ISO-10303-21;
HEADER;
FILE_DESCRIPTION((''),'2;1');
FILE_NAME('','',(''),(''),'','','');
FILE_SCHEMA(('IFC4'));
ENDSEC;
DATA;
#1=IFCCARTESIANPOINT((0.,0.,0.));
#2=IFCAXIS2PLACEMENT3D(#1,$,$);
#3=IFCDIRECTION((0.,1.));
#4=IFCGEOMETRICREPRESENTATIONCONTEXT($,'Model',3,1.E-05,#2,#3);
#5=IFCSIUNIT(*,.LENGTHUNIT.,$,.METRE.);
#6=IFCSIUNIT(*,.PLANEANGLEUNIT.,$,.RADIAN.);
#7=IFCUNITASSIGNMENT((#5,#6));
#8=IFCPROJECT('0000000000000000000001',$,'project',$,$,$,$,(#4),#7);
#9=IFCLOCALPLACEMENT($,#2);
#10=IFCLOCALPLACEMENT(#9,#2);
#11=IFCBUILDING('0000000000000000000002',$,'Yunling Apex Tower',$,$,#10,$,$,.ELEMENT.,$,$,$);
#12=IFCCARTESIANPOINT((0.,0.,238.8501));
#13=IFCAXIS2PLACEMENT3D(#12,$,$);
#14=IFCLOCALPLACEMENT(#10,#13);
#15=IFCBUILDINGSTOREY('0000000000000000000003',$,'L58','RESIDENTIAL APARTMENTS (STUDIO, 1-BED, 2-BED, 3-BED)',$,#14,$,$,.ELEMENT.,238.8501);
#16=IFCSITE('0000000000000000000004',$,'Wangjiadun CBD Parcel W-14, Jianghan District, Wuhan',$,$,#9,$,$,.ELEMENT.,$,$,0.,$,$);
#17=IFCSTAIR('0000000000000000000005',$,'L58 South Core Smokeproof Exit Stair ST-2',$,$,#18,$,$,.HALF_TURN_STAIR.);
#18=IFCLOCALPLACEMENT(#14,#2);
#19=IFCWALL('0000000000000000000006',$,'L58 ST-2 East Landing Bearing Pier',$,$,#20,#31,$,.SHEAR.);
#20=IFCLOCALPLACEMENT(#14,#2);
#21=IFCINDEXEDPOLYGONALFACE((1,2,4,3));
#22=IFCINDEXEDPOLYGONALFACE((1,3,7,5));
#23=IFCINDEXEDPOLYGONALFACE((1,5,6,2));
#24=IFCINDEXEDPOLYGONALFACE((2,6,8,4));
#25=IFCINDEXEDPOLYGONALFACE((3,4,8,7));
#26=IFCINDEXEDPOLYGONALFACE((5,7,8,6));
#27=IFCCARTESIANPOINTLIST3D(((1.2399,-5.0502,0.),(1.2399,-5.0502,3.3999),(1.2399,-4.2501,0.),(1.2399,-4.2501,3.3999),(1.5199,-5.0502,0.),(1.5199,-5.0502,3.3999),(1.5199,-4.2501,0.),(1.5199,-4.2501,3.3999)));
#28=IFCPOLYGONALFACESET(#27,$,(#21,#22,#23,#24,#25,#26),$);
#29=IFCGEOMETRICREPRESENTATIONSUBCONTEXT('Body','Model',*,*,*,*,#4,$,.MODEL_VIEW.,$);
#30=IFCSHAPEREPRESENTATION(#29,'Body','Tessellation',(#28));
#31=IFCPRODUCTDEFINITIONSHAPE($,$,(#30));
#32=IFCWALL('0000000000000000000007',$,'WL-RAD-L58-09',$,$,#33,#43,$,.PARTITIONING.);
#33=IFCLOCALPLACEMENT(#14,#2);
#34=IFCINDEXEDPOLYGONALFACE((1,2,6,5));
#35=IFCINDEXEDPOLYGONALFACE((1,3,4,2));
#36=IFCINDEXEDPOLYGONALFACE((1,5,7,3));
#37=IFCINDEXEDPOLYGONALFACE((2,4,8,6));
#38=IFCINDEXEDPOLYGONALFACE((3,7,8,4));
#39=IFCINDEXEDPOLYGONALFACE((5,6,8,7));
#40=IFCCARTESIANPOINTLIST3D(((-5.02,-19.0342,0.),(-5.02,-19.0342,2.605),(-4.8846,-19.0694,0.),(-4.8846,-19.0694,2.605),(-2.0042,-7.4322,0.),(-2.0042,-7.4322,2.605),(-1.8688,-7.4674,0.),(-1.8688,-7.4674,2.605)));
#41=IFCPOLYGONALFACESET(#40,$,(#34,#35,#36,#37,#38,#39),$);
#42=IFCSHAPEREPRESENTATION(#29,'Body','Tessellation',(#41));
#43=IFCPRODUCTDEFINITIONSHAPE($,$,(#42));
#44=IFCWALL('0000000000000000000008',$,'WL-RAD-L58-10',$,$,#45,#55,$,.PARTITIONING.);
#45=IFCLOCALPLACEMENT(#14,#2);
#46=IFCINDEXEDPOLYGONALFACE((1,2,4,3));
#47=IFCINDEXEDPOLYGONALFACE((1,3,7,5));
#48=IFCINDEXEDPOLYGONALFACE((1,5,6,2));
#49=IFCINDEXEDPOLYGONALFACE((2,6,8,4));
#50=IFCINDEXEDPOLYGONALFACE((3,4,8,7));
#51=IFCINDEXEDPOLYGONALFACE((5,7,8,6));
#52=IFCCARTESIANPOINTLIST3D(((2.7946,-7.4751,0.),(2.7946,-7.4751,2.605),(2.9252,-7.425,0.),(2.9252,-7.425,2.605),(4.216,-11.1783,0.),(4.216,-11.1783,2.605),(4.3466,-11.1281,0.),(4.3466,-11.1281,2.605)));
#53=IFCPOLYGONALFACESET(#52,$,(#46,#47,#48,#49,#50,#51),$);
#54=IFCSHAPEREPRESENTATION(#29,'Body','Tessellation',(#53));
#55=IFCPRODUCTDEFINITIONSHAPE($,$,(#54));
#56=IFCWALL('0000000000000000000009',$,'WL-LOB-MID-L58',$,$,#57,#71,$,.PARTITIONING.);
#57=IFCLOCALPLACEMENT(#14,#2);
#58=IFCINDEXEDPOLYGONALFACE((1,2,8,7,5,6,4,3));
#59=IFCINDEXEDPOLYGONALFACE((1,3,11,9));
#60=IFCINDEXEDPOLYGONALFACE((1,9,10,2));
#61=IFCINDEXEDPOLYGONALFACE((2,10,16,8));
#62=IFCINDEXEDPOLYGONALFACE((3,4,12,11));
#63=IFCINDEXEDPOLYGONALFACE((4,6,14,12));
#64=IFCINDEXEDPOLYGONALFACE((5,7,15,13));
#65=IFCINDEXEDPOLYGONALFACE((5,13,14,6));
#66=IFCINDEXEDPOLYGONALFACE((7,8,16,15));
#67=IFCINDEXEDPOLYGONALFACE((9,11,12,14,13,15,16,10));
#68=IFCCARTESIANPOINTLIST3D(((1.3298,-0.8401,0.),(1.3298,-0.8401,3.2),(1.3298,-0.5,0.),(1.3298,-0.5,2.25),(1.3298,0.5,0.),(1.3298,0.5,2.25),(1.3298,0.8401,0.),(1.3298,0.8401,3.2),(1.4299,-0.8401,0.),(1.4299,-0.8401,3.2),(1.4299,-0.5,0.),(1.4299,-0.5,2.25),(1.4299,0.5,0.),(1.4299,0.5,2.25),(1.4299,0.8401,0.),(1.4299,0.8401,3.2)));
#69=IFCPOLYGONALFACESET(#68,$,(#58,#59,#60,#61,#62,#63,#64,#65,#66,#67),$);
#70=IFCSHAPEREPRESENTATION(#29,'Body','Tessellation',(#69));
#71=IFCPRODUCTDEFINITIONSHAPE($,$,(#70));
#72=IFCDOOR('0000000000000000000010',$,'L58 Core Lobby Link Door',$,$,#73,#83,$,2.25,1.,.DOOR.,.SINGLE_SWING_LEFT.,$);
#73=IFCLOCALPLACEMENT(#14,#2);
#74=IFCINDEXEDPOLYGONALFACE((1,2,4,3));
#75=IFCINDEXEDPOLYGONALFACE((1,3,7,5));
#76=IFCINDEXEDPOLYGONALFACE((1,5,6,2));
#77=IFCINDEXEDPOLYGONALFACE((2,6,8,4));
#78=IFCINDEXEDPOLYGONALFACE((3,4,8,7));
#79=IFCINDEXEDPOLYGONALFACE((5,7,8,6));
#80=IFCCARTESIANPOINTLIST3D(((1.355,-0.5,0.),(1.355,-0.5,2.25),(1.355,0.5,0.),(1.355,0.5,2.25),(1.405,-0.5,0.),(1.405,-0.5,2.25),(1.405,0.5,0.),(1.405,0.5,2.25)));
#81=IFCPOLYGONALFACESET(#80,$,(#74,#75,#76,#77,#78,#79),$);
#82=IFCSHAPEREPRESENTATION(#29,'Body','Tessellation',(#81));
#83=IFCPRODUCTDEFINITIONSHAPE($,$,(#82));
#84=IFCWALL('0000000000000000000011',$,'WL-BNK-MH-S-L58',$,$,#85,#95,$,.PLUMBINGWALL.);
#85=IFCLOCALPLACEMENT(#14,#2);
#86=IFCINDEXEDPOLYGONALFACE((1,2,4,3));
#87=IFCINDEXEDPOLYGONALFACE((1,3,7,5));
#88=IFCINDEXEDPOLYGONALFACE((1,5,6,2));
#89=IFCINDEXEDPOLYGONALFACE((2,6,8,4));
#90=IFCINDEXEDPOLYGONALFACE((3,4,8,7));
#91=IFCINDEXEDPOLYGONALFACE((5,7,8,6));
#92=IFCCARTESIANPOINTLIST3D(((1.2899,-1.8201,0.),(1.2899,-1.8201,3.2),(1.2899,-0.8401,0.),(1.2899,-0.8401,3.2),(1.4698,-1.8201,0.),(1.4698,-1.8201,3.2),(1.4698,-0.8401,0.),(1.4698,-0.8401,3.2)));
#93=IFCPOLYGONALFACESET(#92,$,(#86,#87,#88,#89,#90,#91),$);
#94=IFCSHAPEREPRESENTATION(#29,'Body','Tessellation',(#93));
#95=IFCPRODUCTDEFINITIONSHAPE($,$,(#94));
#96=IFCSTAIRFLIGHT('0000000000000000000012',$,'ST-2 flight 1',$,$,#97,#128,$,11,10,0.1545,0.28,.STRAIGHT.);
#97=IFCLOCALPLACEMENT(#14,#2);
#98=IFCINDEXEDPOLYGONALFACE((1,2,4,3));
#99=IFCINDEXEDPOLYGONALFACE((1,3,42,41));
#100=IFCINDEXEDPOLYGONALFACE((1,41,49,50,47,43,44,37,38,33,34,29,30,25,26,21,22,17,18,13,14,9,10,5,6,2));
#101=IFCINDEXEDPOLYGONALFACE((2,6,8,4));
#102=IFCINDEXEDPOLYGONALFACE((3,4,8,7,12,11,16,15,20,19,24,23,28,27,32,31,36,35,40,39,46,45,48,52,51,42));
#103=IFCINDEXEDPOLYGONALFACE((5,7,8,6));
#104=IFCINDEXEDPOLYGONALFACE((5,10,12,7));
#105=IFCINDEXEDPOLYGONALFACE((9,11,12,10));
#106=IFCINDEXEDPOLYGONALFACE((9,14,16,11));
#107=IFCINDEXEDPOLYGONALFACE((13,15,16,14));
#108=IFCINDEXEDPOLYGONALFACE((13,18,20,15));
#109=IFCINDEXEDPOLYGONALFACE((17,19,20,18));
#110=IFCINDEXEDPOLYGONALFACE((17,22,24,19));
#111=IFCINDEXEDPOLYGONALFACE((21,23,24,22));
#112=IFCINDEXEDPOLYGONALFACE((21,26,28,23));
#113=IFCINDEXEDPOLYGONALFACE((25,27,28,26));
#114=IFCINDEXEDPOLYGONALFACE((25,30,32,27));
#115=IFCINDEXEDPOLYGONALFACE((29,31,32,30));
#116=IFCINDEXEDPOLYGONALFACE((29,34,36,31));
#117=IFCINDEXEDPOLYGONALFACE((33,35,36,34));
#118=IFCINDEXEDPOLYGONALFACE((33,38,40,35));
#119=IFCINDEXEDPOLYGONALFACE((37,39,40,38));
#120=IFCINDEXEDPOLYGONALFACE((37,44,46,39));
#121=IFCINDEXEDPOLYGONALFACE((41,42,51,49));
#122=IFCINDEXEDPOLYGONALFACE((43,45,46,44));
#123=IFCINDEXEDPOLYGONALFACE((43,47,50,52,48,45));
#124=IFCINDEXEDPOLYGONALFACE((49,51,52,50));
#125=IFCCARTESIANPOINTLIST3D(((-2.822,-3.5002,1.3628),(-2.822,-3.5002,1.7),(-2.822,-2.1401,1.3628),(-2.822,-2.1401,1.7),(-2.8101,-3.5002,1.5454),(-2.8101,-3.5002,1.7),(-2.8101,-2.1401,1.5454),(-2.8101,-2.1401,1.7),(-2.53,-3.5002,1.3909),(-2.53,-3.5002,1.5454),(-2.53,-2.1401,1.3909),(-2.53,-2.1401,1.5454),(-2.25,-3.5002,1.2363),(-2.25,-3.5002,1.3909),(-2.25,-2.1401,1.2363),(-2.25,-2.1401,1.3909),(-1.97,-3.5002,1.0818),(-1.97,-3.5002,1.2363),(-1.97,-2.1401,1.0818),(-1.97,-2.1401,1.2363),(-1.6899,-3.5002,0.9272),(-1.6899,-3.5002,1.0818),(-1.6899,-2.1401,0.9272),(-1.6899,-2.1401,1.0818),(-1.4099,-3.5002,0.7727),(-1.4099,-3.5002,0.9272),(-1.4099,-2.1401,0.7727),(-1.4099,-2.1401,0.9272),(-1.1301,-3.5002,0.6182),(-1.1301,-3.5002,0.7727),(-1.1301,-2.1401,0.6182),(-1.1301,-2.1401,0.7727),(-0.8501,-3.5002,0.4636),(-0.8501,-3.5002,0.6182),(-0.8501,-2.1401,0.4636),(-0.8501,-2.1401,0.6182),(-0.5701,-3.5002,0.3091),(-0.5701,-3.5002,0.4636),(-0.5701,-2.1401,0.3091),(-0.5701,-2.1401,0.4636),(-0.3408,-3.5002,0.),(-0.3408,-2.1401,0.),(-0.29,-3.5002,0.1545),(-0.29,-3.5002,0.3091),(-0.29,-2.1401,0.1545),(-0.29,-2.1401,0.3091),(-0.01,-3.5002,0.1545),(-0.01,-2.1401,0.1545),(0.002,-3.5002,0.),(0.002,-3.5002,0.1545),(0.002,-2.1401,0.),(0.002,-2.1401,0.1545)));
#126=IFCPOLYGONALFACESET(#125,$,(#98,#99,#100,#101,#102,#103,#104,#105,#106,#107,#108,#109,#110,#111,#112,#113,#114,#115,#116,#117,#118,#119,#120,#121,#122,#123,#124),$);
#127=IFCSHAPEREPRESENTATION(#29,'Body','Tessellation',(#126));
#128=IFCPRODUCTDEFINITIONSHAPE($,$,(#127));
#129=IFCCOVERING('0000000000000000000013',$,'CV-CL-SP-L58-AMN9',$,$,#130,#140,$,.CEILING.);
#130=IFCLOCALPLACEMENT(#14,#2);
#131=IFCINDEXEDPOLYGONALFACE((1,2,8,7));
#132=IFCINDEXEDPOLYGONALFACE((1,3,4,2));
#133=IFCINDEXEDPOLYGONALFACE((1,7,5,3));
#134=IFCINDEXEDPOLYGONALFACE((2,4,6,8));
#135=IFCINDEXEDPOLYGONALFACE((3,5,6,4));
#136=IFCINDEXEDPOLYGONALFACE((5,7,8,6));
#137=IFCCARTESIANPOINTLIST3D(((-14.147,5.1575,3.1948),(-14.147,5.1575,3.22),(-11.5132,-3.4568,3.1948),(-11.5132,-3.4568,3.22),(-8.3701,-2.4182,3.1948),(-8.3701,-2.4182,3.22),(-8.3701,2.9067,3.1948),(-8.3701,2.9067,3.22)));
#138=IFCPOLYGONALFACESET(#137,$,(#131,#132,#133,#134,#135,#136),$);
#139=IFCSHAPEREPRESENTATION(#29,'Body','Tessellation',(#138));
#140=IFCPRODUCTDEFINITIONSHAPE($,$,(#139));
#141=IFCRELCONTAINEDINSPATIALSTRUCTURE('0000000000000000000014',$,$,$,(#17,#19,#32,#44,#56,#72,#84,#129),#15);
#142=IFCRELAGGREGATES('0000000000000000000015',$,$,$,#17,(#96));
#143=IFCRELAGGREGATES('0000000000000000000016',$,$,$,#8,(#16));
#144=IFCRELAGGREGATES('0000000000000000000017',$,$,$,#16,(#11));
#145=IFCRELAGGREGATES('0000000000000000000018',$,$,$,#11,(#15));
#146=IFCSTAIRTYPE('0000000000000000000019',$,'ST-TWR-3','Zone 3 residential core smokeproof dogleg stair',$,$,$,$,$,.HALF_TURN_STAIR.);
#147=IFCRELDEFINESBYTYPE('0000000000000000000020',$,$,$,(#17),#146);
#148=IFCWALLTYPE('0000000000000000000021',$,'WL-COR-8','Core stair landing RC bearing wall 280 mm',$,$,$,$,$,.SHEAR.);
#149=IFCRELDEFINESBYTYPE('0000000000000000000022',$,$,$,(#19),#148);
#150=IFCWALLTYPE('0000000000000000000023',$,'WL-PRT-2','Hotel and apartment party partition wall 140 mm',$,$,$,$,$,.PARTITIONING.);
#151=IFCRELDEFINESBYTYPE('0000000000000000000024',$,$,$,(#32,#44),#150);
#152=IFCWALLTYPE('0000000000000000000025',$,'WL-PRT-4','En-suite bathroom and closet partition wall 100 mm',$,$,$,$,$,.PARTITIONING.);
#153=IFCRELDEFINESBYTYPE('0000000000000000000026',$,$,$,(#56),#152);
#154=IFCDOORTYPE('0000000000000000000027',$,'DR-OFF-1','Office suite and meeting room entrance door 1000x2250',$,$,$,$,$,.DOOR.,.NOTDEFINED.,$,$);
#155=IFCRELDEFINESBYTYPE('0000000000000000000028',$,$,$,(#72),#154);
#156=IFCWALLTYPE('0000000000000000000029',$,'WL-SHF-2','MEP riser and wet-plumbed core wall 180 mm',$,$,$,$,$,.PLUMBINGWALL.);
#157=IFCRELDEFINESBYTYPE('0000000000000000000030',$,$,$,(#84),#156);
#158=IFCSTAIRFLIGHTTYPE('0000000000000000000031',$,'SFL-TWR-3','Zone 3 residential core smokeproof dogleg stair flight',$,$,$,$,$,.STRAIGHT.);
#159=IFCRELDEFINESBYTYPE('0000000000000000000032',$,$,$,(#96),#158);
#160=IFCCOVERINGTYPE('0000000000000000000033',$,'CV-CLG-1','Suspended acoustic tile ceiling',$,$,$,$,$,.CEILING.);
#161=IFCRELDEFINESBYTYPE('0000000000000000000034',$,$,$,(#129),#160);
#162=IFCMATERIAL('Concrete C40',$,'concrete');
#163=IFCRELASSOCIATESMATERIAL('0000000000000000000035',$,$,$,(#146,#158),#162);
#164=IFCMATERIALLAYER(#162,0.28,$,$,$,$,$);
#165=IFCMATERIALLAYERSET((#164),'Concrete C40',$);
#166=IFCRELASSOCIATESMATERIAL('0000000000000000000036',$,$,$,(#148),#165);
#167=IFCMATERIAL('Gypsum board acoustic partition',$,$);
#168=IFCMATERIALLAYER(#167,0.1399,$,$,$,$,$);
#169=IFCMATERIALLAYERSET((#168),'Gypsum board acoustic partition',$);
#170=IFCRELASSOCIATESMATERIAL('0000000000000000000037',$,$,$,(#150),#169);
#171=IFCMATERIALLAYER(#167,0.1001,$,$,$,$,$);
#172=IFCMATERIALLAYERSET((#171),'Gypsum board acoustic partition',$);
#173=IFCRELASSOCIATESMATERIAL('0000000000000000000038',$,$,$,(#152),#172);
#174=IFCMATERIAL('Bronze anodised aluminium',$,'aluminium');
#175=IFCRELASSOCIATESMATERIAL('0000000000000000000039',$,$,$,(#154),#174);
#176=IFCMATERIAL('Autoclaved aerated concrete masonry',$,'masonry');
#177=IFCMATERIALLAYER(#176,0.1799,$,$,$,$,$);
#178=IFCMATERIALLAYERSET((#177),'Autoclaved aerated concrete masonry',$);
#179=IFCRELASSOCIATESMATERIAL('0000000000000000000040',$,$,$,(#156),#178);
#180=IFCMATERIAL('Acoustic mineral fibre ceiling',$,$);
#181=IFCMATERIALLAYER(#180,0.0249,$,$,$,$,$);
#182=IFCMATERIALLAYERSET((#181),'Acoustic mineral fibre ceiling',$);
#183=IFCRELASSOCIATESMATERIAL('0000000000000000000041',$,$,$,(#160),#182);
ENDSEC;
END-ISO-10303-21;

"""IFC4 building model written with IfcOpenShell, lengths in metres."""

from ifc_helpers import new_model, si_unit, direction, frame, frame_2d, origin, place, context, subcontext, project, spatial, polyline, rectangle, outline, extrude, material, layer, layer_set, type_object, element, fill, aggregate, save


model = new_model("IFC4")

# Units and contexts
model_context = context("Model", 3, precision=1e-05, world=origin(), true_north=direction((0.0, 1.0)))
body_context = subcontext(model_context, "Body", "Model", "MODEL_VIEW")
ifc_project = project(units=[si_unit("LENGTHUNIT", "METRE"), si_unit("PLANEANGLEUNIT", "RADIAN")], contexts=[model_context])

# Site, building, storey
site_placement = place(None, origin())
site = spatial("IfcSite", under=ifc_project, at=site_placement, Name="Wangjiadun CBD Parcel W-14, Jianghan District, Wuhan", CompositionType="ELEMENT", RefElevation=0.0)
building_placement = place(site_placement, origin())
building = spatial("IfcBuilding", under=site, at=building_placement, Name="Yunling Apex Tower", CompositionType="ELEMENT")
storey_placement = place(building_placement, frame((0.0, 0.0, 238.8501)))
storey = spatial("IfcBuildingStorey", under=building, at=storey_placement, Name="L58", Description="RESIDENTIAL APARTMENTS (STUDIO, 1-BED, 2-BED, 3-BED)", CompositionType="ELEMENT", Elevation=238.8501)

# Shared definitions
ifc_material_1 = material(Name="Bronze anodised aluminium", Category="aluminium")

# Shared definitions
ifc_material_2 = material(Name="Concrete C40", Category="concrete")

# Stair
stair_type = type_object("IfcStairType", Name="ST-TWR-3", Description="Zone 3 residential core smokeproof dogleg stair", PredefinedType="HALF_TURN_STAIR", material=ifc_material_2)
stair_1_placement = place(storey_placement, origin())
stair_1 = element("IfcStair", 1, at=stair_1_placement, inside=storey, type_object=stair_type, Name="L58 South Core Smokeproof Exit Stair ST-2", PredefinedType="HALF_TURN_STAIR")

# Walls
ifc_layer_1 = layer(ifc_material_2, 0.28)
ifc_layer_set_1 = layer_set([ifc_layer_1], Name="Concrete C40")
wall_type_1 = type_object("IfcWallType", Name="WL-COR-8", Description="Core stair landing RC bearing wall 280 mm", PredefinedType="SHEAR", material=ifc_layer_set_1)
wall_1_placement = place(storey_placement, frame((1.3799, -5.05, 0.0), z_axis=(0.0, 0.0, 1.0), x_axis=(0.0, 1.0, 0.0)))
element("IfcWall", 2, at=wall_1_placement, inside=storey, type_object=wall_type_1, Name="L58 ST-2 East Landing Bearing Pier", PredefinedType="SHEAR", context=body_context, shape_type="SweptSolid", body=[
    extrude(rectangle(XDim=0.8, YDim=0.28, at=frame_2d((0.3999, 0.0))), origin(), (0.0, 0.0, 1.0), 3.3999),
])
ifc_material_3 = material(Name="Gypsum board acoustic partition")
ifc_layer_2 = layer(ifc_material_3, 0.1399)
ifc_layer_set_2 = layer_set([ifc_layer_2], Name="Gypsum board acoustic partition")
wall_type_2 = type_object("IfcWallType", Name="WL-PRT-2", Description="Hotel and apartment party partition wall 140 mm", PredefinedType="PARTITIONING", material=ifc_layer_set_2)
wall_2_placement = place(storey_placement, frame((-1.9365, -7.45, 0.0), z_axis=(0.0, 0.0, 1.0), x_axis=(-0.251582, -0.967836, 0.0)))
element("IfcWall", 3, at=wall_2_placement, inside=storey, type_object=wall_type_2, Name="WL-RAD-L58-09", PredefinedType="PARTITIONING", context=body_context, shape_type="SweptSolid", body=[
    extrude(rectangle(XDim=11.9875, YDim=0.1399, at=frame_2d((5.9937, 0.0))), origin(), (0.0, 0.0, 1.0), 2.605),
])
wall_3_placement = place(storey_placement, frame((2.8599, -7.45, 0.0), z_axis=(0.0, 0.0, 1.0), x_axis=(0.358344, -0.93359, 0.0)))
element("IfcWall", 4, at=wall_3_placement, inside=storey, type_object=wall_type_2, Name="WL-RAD-L58-10", PredefinedType="PARTITIONING", context=body_context, shape_type="SweptSolid", body=[
    extrude(rectangle(XDim=3.9666, YDim=0.1399, at=frame_2d((1.9834, 0.0))), origin(), (0.0, 0.0, 1.0), 2.605),
])

# Wall, opening, door
ifc_layer_3 = layer(ifc_material_3, 0.1001)
ifc_layer_set_3 = layer_set([ifc_layer_3], Name="Gypsum board acoustic partition")
wall_type_3 = type_object("IfcWallType", Name="WL-PRT-4", Description="En-suite bathroom and closet partition wall 100 mm", PredefinedType="PARTITIONING", material=ifc_layer_set_3)
wall_4_placement = place(storey_placement, frame((1.3799, -0.8401, 0.0), z_axis=(0.0, 0.0, 1.0), x_axis=(0.0, 1.0, 0.0)))
wall_4 = element("IfcWall", 5, at=wall_4_placement, inside=storey, type_object=wall_type_3, Name="WL-LOB-MID-L58", PredefinedType="PARTITIONING", context=body_context, shape_type="SweptSolid", body=[
    extrude(rectangle(XDim=1.6802, YDim=0.1001, at=frame_2d((0.8401, 0.0))), origin(), (0.0, 0.0, 1.0), 3.2),
])
opening_1_placement = place(wall_4_placement, frame((0.3401, 0.0, 0.0)))
opening_1 = element("IfcOpeningElement", 6, at=opening_1_placement, cuts=wall_4, PredefinedType="OPENING", context=body_context, shape_type="SweptSolid", body=[
    extrude(rectangle(XDim=1.0, YDim=2.25, at=frame_2d((0.5, 1.125))), frame((0.0, 0.0601, 0.0), z_axis=(0.0, -1.0, 0.0), x_axis=(1.0, 0.0, 0.0)), (0.0, 0.0, 1.0), 0.1201),
])
door_type_1 = type_object("IfcDoorType", Name="DR-OFF-1", Description="Office suite and meeting room entrance door 1000x2250", OperationType="NOTDEFINED", PredefinedType="DOOR", material=ifc_material_1)
door_1_placement = place(opening_1_placement, origin())
door_1 = element("IfcDoor", 7, at=door_1_placement, inside=storey, type_object=door_type_1, Name="L58 Core Lobby Link Door", OperationType="SINGLE_SWING_LEFT", OverallHeight=2.25, OverallWidth=1.0, PredefinedType="DOOR", context=body_context, shape_type="SweptSolid", body=[
    extrude(rectangle(XDim=1.0, YDim=2.25, at=frame_2d((0.5, 1.125))), frame((0.0, 0.0249, 0.0), z_axis=(0.0, -1.0, 0.0), x_axis=(1.0, 0.0, 0.0)), (0.0, 0.0, 1.0), 0.05),
])
fill(opening_1, door_1)
ifc_material_4 = material(Name="Autoclaved aerated concrete masonry", Category="masonry")

# Wall
ifc_layer_4 = layer(ifc_material_4, 0.1799)
ifc_layer_set_4 = layer_set([ifc_layer_4], Name="Autoclaved aerated concrete masonry")
wall_type_4 = type_object("IfcWallType", Name="WL-SHF-2", Description="MEP riser and wet-plumbed core wall 180 mm", PredefinedType="PLUMBINGWALL", material=ifc_layer_set_4)
wall_5_placement = place(storey_placement, frame((1.3799, -1.8201, 0.0), z_axis=(0.0, 0.0, 1.0), x_axis=(0.0, 1.0, 0.0)))
element("IfcWall", 8, at=wall_5_placement, inside=storey, type_object=wall_type_4, Name="WL-BNK-MH-S-L58", PredefinedType="PLUMBINGWALL", context=body_context, shape_type="SweptSolid", body=[
    extrude(rectangle(XDim=0.98, YDim=0.1799, at=frame_2d((0.49, 0.0))), origin(), (0.0, 0.0, 1.0), 3.2),
])

# Stair flight
stair_flight_type = type_object("IfcStairFlightType", Name="SFL-TWR-3", Description="Zone 3 residential core smokeproof dogleg stair flight", PredefinedType="STRAIGHT", material=ifc_material_2)
stair_flight_placement = place(storey_placement, frame((-0.01, -2.8201, 0.0), z_axis=(0.0, 0.0, 1.0), x_axis=(-1.0, 0.0, 0.0)))
stair_flight = element("IfcStairFlight", 9, at=stair_flight_placement, type_object=stair_flight_type, Name="ST-2 flight 1", NumberOfRisers=11, NumberOfTreads=10, PredefinedType="STRAIGHT", RiserHeight=0.1545, TreadLength=0.28, context=body_context, shape_type="SweptSolid", body=[
    extrude(outline(polyline([(-0.012, 0.0), (-0.012, 0.1545), (0.0, 0.1545), (0.28, 0.1545), (0.28, 0.3091), (0.5601, 0.3091), (0.5601, 0.4636), (0.8401, 0.4636), (0.8401, 0.6182), (1.1201, 0.6182), (1.1201, 0.7727), (1.3999, 0.7727), (1.3999, 0.9272), (1.6799, 0.9272), (1.6799, 1.0818), (1.96, 1.0818), (1.96, 1.2363), (2.24, 1.2363), (2.24, 1.3909), (2.52, 1.3909), (2.52, 1.5454), (2.8, 1.5454), (2.8, 1.7), (2.812, 1.7), (2.812, 1.3628), (0.3308, 0.0), (-0.012, 0.0)])), frame((0.0, 0.6802, 0.0), z_axis=(0.0, -1.0, 0.0), x_axis=(1.0, 0.0, 0.0)), (0.0, 0.0, 1.0), 1.3601),
])
aggregate(stair_1, [stair_flight])

# Covering
ifc_material_5 = material(Name="Acoustic mineral fibre ceiling")
ifc_layer_5 = layer(ifc_material_5, 0.0249)
ifc_layer_set_5 = layer_set([ifc_layer_5], Name="Acoustic mineral fibre ceiling")
covering_type_1 = type_object("IfcCoveringType", Name="CV-CLG-1", Description="Suspended acoustic tile ceiling", PredefinedType="CEILING", material=ifc_layer_set_5)
covering_1_placement = place(storey_placement, frame((0.0, 0.0, 3.1948)))
element("IfcCovering", 10, at=covering_1_placement, inside=storey, type_object=covering_type_1, Name="CV-CL-SP-L58-AMN9", PredefinedType="CEILING", context=body_context, shape_type="SweptSolid", body=[
    extrude(outline(polyline([(-11.5132, -3.4568), (-14.147, 5.1575), (-8.3701, 2.9067), (-8.3701, -2.4182), (-11.5132, -3.4568)])), origin(), (0.0, 0.0, 1.0), 0.0251),
])

save(model, "model.ifc")
